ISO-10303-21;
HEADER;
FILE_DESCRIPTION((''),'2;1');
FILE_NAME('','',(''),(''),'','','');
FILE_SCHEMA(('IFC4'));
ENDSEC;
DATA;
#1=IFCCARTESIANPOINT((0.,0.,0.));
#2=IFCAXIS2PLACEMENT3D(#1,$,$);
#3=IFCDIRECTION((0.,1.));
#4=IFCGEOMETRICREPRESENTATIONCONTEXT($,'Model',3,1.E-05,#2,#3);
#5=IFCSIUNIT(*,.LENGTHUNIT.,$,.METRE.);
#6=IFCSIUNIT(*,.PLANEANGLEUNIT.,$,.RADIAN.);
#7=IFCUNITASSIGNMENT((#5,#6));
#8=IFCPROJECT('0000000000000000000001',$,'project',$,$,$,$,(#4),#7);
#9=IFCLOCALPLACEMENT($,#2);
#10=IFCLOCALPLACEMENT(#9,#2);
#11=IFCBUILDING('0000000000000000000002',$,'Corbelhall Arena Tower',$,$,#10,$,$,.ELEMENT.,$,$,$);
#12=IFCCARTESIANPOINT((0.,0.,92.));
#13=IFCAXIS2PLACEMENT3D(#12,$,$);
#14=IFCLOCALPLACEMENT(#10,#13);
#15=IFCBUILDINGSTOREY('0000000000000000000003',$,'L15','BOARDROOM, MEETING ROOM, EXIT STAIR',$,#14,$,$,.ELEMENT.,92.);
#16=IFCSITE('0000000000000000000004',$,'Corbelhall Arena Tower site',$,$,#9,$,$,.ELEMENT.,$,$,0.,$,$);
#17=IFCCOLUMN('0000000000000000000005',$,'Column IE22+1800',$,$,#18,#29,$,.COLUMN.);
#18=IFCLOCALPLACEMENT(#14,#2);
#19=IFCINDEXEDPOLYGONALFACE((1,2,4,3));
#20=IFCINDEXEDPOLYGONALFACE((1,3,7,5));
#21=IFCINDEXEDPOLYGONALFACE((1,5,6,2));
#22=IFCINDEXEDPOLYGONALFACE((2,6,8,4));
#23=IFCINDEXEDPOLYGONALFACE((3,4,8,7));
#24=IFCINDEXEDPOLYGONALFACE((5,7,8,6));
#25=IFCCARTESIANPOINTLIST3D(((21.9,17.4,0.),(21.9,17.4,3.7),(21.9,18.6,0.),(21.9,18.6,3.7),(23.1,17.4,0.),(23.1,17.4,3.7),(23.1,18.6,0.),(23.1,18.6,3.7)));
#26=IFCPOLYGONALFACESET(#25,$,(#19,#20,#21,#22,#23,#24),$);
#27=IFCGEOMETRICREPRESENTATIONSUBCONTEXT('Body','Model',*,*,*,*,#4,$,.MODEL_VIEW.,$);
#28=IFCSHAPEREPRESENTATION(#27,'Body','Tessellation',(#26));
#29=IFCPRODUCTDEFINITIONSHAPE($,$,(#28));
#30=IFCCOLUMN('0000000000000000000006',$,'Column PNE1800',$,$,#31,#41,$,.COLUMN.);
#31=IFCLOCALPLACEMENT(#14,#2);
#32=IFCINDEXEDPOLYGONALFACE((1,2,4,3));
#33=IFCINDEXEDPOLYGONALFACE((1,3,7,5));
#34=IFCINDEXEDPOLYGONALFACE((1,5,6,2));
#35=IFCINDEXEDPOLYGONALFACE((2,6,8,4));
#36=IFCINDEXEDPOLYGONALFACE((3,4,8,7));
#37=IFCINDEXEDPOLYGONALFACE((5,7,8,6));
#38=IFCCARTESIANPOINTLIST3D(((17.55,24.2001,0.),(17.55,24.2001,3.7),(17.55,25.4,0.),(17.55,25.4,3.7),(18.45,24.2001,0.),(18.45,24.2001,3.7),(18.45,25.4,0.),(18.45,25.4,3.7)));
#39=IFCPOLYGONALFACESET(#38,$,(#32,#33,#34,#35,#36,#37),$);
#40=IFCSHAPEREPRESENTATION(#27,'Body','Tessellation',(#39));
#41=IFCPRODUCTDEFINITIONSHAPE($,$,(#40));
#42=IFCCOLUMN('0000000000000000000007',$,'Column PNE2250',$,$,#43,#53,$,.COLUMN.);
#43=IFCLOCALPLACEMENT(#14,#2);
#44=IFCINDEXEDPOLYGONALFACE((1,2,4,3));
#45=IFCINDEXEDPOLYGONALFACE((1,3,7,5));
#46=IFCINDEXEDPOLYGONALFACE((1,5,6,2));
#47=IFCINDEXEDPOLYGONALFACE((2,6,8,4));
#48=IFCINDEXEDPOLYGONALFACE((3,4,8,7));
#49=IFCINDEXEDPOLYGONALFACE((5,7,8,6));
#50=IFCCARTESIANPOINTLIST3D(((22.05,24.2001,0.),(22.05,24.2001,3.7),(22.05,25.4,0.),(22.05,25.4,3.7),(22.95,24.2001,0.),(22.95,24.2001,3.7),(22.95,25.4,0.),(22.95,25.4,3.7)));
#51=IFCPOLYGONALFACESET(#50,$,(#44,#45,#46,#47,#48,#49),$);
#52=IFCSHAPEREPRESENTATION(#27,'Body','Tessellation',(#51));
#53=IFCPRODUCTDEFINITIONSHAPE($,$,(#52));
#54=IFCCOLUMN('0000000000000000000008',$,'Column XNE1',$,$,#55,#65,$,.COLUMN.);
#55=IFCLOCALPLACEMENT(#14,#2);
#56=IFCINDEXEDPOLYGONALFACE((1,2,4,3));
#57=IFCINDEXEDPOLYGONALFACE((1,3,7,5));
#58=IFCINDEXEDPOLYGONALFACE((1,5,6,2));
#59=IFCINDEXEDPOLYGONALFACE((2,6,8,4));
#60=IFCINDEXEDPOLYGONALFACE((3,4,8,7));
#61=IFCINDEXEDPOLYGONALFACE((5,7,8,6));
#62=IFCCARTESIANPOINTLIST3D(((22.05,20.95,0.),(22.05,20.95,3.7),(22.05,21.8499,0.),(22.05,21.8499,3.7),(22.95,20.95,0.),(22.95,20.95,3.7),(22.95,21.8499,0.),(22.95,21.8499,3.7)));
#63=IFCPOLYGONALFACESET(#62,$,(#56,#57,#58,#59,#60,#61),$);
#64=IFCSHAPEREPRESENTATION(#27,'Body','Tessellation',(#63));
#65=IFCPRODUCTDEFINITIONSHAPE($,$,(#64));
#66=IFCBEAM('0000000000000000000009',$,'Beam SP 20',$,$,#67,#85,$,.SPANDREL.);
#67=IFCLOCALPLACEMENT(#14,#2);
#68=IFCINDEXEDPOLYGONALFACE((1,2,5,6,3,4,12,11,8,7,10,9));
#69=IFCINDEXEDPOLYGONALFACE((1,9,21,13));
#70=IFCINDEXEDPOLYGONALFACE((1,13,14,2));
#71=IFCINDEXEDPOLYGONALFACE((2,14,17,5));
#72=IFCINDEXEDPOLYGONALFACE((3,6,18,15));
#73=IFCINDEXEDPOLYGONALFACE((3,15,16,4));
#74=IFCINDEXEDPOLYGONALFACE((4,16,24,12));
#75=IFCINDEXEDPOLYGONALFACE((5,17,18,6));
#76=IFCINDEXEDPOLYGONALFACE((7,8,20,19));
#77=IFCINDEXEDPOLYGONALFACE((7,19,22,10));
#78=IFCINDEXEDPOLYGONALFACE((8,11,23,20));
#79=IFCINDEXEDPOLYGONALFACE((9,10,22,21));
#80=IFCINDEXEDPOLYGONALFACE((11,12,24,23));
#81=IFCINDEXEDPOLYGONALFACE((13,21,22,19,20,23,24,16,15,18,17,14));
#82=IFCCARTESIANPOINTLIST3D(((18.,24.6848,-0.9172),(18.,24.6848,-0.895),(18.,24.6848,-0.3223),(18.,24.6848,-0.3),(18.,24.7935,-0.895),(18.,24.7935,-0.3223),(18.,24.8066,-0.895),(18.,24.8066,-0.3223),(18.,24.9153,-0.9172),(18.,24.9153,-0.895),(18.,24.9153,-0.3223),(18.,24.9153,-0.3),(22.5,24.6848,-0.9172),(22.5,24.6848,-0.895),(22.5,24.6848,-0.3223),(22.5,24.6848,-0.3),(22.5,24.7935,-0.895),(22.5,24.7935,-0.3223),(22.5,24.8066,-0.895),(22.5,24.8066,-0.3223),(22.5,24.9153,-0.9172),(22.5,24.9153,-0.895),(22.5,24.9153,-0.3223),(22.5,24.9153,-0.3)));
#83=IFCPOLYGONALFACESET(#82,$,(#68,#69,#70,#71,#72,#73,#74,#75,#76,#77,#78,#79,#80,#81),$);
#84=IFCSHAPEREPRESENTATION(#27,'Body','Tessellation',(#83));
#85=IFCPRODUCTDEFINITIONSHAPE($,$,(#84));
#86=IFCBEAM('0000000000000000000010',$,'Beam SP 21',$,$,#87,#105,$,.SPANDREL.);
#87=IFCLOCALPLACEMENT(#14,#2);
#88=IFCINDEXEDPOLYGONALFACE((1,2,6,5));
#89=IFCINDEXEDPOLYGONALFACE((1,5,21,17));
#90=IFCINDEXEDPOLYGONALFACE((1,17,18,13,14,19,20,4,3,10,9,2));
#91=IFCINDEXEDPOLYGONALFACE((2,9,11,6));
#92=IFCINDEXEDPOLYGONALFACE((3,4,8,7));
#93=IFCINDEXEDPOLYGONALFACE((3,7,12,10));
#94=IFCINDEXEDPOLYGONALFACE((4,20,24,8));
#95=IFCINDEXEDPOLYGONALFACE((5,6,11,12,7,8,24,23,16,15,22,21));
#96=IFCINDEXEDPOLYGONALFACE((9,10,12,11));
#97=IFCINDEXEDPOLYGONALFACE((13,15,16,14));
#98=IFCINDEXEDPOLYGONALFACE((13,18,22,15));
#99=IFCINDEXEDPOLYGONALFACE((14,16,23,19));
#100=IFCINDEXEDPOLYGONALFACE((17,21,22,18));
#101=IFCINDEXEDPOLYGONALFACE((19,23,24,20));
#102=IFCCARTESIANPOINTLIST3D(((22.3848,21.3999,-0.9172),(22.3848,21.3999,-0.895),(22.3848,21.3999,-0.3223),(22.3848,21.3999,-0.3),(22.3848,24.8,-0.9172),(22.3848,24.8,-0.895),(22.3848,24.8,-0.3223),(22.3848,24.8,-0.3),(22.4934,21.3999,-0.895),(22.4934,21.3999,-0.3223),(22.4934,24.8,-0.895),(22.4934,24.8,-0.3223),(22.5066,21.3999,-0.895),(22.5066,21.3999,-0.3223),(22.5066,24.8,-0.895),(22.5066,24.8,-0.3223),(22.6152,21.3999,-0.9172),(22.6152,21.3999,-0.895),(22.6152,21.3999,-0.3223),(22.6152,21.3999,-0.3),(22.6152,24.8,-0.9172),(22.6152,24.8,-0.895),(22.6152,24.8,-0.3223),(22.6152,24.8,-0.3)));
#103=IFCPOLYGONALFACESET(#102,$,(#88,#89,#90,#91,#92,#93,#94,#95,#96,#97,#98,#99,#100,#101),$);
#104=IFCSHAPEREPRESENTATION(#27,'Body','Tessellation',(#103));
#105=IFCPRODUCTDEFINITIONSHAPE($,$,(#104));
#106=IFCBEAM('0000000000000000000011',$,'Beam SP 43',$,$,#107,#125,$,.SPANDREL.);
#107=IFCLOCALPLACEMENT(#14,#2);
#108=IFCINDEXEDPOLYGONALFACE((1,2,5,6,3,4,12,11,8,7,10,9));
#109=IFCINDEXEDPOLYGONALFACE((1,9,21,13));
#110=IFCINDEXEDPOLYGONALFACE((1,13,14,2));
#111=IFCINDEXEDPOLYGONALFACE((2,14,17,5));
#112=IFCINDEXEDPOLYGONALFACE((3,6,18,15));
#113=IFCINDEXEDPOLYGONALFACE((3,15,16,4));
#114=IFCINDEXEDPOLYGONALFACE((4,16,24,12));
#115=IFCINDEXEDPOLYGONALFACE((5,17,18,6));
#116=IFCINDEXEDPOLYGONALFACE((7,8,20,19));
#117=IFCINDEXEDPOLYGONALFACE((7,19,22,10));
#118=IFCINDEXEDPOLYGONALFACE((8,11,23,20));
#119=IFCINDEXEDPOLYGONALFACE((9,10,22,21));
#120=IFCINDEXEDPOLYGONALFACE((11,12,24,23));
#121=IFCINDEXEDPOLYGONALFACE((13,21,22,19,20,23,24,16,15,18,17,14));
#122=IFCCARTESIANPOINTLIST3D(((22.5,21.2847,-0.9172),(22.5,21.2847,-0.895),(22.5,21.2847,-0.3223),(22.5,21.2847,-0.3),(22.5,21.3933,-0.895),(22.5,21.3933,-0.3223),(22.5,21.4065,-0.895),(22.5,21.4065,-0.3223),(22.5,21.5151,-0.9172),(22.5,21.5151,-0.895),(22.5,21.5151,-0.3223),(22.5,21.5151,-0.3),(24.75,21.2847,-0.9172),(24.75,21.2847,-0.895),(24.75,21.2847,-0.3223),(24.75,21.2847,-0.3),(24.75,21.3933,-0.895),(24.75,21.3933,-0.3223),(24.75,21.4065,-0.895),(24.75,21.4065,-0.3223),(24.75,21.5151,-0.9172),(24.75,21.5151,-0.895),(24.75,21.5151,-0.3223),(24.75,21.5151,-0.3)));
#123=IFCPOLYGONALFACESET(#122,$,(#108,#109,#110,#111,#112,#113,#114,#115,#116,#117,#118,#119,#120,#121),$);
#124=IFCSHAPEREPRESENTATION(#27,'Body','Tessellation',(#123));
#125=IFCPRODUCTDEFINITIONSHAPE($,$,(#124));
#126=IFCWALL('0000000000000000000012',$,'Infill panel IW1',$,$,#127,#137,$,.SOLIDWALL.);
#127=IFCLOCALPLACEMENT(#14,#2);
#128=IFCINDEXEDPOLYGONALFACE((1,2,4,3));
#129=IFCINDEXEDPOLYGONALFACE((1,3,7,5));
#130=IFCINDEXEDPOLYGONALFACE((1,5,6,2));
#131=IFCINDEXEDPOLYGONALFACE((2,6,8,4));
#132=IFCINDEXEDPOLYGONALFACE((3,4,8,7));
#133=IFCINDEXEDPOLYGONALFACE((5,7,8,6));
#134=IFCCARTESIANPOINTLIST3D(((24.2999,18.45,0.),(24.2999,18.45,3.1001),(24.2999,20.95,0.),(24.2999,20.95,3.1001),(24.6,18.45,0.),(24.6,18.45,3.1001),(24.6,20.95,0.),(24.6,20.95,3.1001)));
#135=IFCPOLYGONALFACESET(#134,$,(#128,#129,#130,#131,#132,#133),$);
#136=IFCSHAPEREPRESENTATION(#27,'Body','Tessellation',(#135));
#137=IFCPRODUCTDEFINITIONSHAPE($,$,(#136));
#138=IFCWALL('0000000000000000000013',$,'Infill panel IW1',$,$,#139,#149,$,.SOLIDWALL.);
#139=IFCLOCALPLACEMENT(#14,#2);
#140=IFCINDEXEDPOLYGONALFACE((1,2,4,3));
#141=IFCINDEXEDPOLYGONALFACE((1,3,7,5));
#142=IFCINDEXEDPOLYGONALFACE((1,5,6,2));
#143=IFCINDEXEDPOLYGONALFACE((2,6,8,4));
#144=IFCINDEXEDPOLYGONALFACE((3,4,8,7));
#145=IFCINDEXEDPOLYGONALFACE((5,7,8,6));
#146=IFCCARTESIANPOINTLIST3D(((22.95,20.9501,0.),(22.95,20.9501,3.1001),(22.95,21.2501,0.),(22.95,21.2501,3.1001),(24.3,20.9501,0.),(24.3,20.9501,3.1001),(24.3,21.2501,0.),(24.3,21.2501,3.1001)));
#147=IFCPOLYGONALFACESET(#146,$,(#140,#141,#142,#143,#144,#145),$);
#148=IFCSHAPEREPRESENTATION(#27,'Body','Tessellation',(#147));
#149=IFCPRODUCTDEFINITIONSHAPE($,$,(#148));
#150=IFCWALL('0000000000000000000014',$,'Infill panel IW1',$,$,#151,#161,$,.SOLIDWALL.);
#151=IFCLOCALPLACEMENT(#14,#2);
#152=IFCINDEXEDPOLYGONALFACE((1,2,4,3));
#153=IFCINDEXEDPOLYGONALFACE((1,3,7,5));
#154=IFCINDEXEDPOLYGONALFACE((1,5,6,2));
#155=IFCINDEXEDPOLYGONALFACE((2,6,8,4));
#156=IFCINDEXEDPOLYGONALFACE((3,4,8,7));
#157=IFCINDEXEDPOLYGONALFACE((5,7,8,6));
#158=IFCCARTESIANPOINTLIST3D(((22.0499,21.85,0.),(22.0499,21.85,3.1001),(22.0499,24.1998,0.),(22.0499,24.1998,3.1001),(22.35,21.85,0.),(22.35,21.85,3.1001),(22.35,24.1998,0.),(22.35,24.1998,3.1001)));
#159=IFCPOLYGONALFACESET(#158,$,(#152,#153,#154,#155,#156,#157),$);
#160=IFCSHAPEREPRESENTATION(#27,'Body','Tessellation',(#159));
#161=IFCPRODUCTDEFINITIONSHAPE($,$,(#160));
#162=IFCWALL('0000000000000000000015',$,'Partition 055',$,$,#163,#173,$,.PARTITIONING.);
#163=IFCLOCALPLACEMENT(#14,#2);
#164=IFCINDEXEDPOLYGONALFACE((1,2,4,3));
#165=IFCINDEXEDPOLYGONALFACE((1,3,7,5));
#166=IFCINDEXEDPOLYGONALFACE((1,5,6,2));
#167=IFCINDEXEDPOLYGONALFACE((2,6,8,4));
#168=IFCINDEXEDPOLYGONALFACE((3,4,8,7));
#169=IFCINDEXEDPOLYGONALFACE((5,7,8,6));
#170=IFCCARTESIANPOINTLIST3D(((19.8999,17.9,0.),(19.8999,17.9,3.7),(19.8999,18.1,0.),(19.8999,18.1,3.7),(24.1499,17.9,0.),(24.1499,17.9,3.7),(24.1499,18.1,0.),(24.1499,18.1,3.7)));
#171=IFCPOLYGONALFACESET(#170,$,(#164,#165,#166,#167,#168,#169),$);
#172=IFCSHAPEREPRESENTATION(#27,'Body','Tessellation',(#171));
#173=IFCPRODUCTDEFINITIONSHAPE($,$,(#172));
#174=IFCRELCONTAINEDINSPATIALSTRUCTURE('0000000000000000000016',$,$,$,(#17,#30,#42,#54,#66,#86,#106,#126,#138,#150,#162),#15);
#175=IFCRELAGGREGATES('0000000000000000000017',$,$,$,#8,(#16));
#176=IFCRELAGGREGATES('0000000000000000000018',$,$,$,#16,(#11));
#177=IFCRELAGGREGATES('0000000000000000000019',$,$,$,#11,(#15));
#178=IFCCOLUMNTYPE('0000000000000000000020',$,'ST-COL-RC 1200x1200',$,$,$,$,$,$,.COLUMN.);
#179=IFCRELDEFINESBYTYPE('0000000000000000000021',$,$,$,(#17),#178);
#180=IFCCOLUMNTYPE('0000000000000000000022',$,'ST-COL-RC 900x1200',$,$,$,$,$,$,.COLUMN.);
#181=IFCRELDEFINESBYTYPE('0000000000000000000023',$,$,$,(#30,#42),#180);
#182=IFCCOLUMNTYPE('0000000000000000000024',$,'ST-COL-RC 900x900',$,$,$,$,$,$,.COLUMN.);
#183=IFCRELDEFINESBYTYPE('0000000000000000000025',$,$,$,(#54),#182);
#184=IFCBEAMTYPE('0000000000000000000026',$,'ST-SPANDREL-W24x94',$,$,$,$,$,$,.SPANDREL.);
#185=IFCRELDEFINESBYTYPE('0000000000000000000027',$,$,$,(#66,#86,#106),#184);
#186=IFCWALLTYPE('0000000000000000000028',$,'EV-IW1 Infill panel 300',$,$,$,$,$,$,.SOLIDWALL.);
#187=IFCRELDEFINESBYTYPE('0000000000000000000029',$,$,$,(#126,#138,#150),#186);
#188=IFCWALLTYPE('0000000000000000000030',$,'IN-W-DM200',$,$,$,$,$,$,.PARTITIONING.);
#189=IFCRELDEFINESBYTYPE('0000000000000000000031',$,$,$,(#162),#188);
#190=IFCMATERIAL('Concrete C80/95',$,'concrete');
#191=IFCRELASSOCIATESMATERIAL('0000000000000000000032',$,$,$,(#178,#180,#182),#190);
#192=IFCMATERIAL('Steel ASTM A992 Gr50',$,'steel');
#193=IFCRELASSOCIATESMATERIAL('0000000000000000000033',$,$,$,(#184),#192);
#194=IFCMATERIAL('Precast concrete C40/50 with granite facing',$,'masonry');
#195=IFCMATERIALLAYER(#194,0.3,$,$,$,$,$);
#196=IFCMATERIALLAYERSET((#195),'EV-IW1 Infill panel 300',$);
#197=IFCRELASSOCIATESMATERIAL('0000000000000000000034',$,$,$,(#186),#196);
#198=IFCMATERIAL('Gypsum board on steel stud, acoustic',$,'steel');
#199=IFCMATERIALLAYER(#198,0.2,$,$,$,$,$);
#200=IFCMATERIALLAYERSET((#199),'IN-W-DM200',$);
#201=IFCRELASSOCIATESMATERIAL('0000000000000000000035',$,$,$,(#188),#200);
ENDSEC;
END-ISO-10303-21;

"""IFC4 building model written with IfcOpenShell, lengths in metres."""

from ifc_helpers import new_model, si_unit, direction, frame, frame_2d, origin, origin_2d, place, context, subcontext, project, spatial, rectangle, i_section, extrude, material, layer, layer_set, material_profile, profile_set, type_object, element, save


model = new_model("IFC4")

# Units and contexts
model_context = context("Model", 3, precision=1e-05, world=origin(), true_north=direction((0.0, 1.0)))
body_context = subcontext(model_context, "Body", "Model", "MODEL_VIEW")
ifc_project = project(units=[si_unit("LENGTHUNIT", "METRE"), si_unit("PLANEANGLEUNIT", "RADIAN")], contexts=[model_context])

# Site, building, storey
site_placement = place(None, origin())
site = spatial("IfcSite", under=ifc_project, at=site_placement, Name="Corbelhall Arena Tower site", CompositionType="ELEMENT", RefElevation=0.0)
building_placement = place(site_placement, origin())
building = spatial("IfcBuilding", under=site, at=building_placement, Name="Corbelhall Arena Tower", CompositionType="ELEMENT")
storey_placement = place(building_placement, frame((0.0, 0.0, 92.0)))
storey = spatial("IfcBuildingStorey", under=building, at=storey_placement, Name="L15", Description="BOARDROOM, MEETING ROOM, EXIT STAIR", CompositionType="ELEMENT", Elevation=92.0)

# Columns
ifc_material_1 = material(Name="Concrete C80/95", Category="concrete")
ifc_material_profile_1 = material_profile(ifc_material_1, rectangle(XDim=1.2, YDim=1.2, at=origin_2d()))
ifc_profile_set_1 = profile_set([ifc_material_profile_1], Name="Concrete C80/95")
column_type_1 = type_object("IfcColumnType", Name="ST-COL-RC 1200x1200", PredefinedType="COLUMN", material=ifc_profile_set_1)
column_1_placement = place(storey_placement, frame((22.5, 18.0, 0.0), z_axis=(0.0, 0.0, 1.0), x_axis=(1.0, 0.0, 0.0)))
element("IfcColumn", 1, at=column_1_placement, inside=storey, type_object=column_type_1, Name="Column IE22+1800", PredefinedType="COLUMN", context=body_context, shape_type="SweptSolid", body=[
    extrude(rectangle(XDim=1.2, YDim=1.2, at=origin_2d()), origin(), (0.0, 0.0, 1.0), 3.7),
])
ifc_material_profile_2 = material_profile(ifc_material_1, rectangle(XDim=0.8999, YDim=1.2, at=origin_2d()))
ifc_profile_set_2 = profile_set([ifc_material_profile_2], Name="Concrete C80/95")
column_type_2 = type_object("IfcColumnType", Name="ST-COL-RC 900x1200", PredefinedType="COLUMN", material=ifc_profile_set_2)
for number, where, z_axis, x_axis, name in (
    (2, (18.0, 24.8, 0.0), (0.0, 0.0, 1.0), (1.0, 0.0, 0.0), "Column PNE1800"),
    (3, (22.5, 24.8, 0.0), (0.0, 0.0, 1.0), (1.0, 0.0, 0.0), "Column PNE2250"),
):
    element("IfcColumn", number, at=place(storey_placement, frame(where, z_axis=z_axis, x_axis=x_axis)), inside=storey, type_object=column_type_2, Name=name, PredefinedType="COLUMN", context=body_context, shape_type="SweptSolid", body=[
        extrude(rectangle(XDim=0.8999, YDim=1.2, at=origin_2d()), origin(), (0.0, 0.0, 1.0), 3.7),
    ])
ifc_material_profile_3 = material_profile(ifc_material_1, rectangle(XDim=0.8999, YDim=0.8999, at=origin_2d()))
ifc_profile_set_3 = profile_set([ifc_material_profile_3], Name="Concrete C80/95")
column_type_3 = type_object("IfcColumnType", Name="ST-COL-RC 900x900", PredefinedType="COLUMN", material=ifc_profile_set_3)
column_2_placement = place(storey_placement, frame((22.5, 21.3999, 0.0), z_axis=(0.0, 0.0, 1.0), x_axis=(1.0, 0.0, 0.0)))
element("IfcColumn", 4, at=column_2_placement, inside=storey, type_object=column_type_3, Name="Column XNE1", PredefinedType="COLUMN", context=body_context, shape_type="SweptSolid", body=[
    extrude(rectangle(XDim=0.8999, YDim=0.8999, at=origin_2d()), origin(), (0.0, 0.0, 1.0), 3.7),
])

# Beams
ifc_material_2 = material(Name="Steel ASTM A992 Gr50", Category="steel")
ifc_material_profile_4 = material_profile(ifc_material_2, i_section(OverallWidth=0.2305, OverallDepth=0.6172, WebThickness=0.0132, FlangeThickness=0.0222, at=origin_2d()))
ifc_profile_set_4 = profile_set([ifc_material_profile_4], Name="Steel ASTM A992 Gr50")
beam_type = type_object("IfcBeamType", Name="ST-SPANDREL-W24x94", PredefinedType="SPANDREL", material=ifc_profile_set_4)
beam_1_placement = place(storey_placement, frame((18.0, 24.8, -0.6086), z_axis=(1.0, 0.0, 0.0), x_axis=(0.0, 1.0, 0.0)))
element("IfcBeam", 5, at=beam_1_placement, inside=storey, type_object=beam_type, Name="Beam SP 20", PredefinedType="SPANDREL", context=body_context, shape_type="SweptSolid", body=[
    extrude(i_section(OverallWidth=0.2305, OverallDepth=0.6172, WebThickness=0.0132, FlangeThickness=0.0222, at=origin_2d()), origin(), (0.0, 0.0, 1.0), 4.5),
])
beam_2_placement = place(storey_placement, frame((22.5, 24.8, -0.6086), z_axis=(0.0, -1.0, 0.0), x_axis=(1.0, 0.0, 0.0)))
element("IfcBeam", 6, at=beam_2_placement, inside=storey, type_object=beam_type, Name="Beam SP 21", PredefinedType="SPANDREL", context=body_context, shape_type="SweptSolid", body=[
    extrude(i_section(OverallWidth=0.2305, OverallDepth=0.6172, WebThickness=0.0132, FlangeThickness=0.0222, at=origin_2d()), origin(), (0.0, 0.0, 1.0), 3.4001),
])
beam_3_placement = place(storey_placement, frame((22.5, 21.3999, -0.6086), z_axis=(1.0, 0.0, 0.0), x_axis=(0.0, 1.0, 0.0)))
element("IfcBeam", 7, at=beam_3_placement, inside=storey, type_object=beam_type, Name="Beam SP 43", PredefinedType="SPANDREL", context=body_context, shape_type="SweptSolid", body=[
    extrude(i_section(OverallWidth=0.2305, OverallDepth=0.6172, WebThickness=0.0132, FlangeThickness=0.0222, at=origin_2d()), origin(), (0.0, 0.0, 1.0), 2.25),
])

# Walls
ifc_material_3 = material(Name="Precast concrete C40/50 with granite facing", Category="masonry")
ifc_layer_1 = layer(ifc_material_3, 0.3)
ifc_layer_set_1 = layer_set([ifc_layer_1], Name="EV-IW1 Infill panel 300")
wall_type_1 = type_object("IfcWallType", Name="EV-IW1 Infill panel 300", PredefinedType="SOLIDWALL", material=ifc_layer_set_1)
wall_1_placement = place(storey_placement, frame((24.45, 18.45, 0.0), z_axis=(0.0, 0.0, 1.0), x_axis=(0.0, 1.0, 0.0)))
element("IfcWall", 8, at=wall_1_placement, inside=storey, type_object=wall_type_1, Name="Infill panel IW1", PredefinedType="SOLIDWALL", context=body_context, shape_type="SweptSolid", body=[
    extrude(rectangle(XDim=2.5, YDim=0.3, at=frame_2d((1.25, 0.0))), origin(), (0.0, 0.0, 1.0), 3.1001),
])
wall_2_placement = place(storey_placement, frame((24.3, 21.1001, 0.0), z_axis=(0.0, 0.0, 1.0), x_axis=(-1.0, 0.0, 0.0)))
element("IfcWall", 9, at=wall_2_placement, inside=storey, type_object=wall_type_1, Name="Infill panel IW1", PredefinedType="SOLIDWALL", context=body_context, shape_type="SweptSolid", body=[
    extrude(rectangle(XDim=1.3501, YDim=0.3, at=frame_2d((0.675, 0.0))), origin(), (0.0, 0.0, 1.0), 3.1001),
])
wall_3_placement = place(storey_placement, frame((22.2, 21.8501, 0.0), z_axis=(0.0, 0.0, 1.0), x_axis=(0.0, 1.0, 0.0)))
element("IfcWall", 10, at=wall_3_placement, inside=storey, type_object=wall_type_1, Name="Infill panel IW1", PredefinedType="SOLIDWALL", context=body_context, shape_type="SweptSolid", body=[
    extrude(rectangle(XDim=2.3499, YDim=0.3, at=frame_2d((1.1748, 0.0))), origin(), (0.0, 0.0, 1.0), 3.1001),
])

# Shared definitions
ifc_material_4 = material(Name="Gypsum board on steel stud, acoustic", Category="steel")
ifc_layer_2 = layer(ifc_material_4, 0.2)
ifc_layer_set_2 = layer_set([ifc_layer_2], Name="IN-W-DM200")
wall_type_2 = type_object("IfcWallType", Name="IN-W-DM200", PredefinedType="PARTITIONING", material=ifc_layer_set_2)

# Wall
wall_4_placement = place(storey_placement, frame((19.8999, 18.0, 0.0), z_axis=(0.0, 0.0, 1.0), x_axis=(1.0, 0.0, 0.0)))
element("IfcWall", 11, at=wall_4_placement, inside=storey, type_object=wall_type_2, Name="Partition 055", PredefinedType="PARTITIONING", context=body_context, shape_type="SweptSolid", body=[
    extrude(rectangle(XDim=4.25, YDim=0.2, at=frame_2d((2.125, 0.0))), origin(), (0.0, 0.0, 1.0), 3.7),
])

save(model, "model.ifc")
